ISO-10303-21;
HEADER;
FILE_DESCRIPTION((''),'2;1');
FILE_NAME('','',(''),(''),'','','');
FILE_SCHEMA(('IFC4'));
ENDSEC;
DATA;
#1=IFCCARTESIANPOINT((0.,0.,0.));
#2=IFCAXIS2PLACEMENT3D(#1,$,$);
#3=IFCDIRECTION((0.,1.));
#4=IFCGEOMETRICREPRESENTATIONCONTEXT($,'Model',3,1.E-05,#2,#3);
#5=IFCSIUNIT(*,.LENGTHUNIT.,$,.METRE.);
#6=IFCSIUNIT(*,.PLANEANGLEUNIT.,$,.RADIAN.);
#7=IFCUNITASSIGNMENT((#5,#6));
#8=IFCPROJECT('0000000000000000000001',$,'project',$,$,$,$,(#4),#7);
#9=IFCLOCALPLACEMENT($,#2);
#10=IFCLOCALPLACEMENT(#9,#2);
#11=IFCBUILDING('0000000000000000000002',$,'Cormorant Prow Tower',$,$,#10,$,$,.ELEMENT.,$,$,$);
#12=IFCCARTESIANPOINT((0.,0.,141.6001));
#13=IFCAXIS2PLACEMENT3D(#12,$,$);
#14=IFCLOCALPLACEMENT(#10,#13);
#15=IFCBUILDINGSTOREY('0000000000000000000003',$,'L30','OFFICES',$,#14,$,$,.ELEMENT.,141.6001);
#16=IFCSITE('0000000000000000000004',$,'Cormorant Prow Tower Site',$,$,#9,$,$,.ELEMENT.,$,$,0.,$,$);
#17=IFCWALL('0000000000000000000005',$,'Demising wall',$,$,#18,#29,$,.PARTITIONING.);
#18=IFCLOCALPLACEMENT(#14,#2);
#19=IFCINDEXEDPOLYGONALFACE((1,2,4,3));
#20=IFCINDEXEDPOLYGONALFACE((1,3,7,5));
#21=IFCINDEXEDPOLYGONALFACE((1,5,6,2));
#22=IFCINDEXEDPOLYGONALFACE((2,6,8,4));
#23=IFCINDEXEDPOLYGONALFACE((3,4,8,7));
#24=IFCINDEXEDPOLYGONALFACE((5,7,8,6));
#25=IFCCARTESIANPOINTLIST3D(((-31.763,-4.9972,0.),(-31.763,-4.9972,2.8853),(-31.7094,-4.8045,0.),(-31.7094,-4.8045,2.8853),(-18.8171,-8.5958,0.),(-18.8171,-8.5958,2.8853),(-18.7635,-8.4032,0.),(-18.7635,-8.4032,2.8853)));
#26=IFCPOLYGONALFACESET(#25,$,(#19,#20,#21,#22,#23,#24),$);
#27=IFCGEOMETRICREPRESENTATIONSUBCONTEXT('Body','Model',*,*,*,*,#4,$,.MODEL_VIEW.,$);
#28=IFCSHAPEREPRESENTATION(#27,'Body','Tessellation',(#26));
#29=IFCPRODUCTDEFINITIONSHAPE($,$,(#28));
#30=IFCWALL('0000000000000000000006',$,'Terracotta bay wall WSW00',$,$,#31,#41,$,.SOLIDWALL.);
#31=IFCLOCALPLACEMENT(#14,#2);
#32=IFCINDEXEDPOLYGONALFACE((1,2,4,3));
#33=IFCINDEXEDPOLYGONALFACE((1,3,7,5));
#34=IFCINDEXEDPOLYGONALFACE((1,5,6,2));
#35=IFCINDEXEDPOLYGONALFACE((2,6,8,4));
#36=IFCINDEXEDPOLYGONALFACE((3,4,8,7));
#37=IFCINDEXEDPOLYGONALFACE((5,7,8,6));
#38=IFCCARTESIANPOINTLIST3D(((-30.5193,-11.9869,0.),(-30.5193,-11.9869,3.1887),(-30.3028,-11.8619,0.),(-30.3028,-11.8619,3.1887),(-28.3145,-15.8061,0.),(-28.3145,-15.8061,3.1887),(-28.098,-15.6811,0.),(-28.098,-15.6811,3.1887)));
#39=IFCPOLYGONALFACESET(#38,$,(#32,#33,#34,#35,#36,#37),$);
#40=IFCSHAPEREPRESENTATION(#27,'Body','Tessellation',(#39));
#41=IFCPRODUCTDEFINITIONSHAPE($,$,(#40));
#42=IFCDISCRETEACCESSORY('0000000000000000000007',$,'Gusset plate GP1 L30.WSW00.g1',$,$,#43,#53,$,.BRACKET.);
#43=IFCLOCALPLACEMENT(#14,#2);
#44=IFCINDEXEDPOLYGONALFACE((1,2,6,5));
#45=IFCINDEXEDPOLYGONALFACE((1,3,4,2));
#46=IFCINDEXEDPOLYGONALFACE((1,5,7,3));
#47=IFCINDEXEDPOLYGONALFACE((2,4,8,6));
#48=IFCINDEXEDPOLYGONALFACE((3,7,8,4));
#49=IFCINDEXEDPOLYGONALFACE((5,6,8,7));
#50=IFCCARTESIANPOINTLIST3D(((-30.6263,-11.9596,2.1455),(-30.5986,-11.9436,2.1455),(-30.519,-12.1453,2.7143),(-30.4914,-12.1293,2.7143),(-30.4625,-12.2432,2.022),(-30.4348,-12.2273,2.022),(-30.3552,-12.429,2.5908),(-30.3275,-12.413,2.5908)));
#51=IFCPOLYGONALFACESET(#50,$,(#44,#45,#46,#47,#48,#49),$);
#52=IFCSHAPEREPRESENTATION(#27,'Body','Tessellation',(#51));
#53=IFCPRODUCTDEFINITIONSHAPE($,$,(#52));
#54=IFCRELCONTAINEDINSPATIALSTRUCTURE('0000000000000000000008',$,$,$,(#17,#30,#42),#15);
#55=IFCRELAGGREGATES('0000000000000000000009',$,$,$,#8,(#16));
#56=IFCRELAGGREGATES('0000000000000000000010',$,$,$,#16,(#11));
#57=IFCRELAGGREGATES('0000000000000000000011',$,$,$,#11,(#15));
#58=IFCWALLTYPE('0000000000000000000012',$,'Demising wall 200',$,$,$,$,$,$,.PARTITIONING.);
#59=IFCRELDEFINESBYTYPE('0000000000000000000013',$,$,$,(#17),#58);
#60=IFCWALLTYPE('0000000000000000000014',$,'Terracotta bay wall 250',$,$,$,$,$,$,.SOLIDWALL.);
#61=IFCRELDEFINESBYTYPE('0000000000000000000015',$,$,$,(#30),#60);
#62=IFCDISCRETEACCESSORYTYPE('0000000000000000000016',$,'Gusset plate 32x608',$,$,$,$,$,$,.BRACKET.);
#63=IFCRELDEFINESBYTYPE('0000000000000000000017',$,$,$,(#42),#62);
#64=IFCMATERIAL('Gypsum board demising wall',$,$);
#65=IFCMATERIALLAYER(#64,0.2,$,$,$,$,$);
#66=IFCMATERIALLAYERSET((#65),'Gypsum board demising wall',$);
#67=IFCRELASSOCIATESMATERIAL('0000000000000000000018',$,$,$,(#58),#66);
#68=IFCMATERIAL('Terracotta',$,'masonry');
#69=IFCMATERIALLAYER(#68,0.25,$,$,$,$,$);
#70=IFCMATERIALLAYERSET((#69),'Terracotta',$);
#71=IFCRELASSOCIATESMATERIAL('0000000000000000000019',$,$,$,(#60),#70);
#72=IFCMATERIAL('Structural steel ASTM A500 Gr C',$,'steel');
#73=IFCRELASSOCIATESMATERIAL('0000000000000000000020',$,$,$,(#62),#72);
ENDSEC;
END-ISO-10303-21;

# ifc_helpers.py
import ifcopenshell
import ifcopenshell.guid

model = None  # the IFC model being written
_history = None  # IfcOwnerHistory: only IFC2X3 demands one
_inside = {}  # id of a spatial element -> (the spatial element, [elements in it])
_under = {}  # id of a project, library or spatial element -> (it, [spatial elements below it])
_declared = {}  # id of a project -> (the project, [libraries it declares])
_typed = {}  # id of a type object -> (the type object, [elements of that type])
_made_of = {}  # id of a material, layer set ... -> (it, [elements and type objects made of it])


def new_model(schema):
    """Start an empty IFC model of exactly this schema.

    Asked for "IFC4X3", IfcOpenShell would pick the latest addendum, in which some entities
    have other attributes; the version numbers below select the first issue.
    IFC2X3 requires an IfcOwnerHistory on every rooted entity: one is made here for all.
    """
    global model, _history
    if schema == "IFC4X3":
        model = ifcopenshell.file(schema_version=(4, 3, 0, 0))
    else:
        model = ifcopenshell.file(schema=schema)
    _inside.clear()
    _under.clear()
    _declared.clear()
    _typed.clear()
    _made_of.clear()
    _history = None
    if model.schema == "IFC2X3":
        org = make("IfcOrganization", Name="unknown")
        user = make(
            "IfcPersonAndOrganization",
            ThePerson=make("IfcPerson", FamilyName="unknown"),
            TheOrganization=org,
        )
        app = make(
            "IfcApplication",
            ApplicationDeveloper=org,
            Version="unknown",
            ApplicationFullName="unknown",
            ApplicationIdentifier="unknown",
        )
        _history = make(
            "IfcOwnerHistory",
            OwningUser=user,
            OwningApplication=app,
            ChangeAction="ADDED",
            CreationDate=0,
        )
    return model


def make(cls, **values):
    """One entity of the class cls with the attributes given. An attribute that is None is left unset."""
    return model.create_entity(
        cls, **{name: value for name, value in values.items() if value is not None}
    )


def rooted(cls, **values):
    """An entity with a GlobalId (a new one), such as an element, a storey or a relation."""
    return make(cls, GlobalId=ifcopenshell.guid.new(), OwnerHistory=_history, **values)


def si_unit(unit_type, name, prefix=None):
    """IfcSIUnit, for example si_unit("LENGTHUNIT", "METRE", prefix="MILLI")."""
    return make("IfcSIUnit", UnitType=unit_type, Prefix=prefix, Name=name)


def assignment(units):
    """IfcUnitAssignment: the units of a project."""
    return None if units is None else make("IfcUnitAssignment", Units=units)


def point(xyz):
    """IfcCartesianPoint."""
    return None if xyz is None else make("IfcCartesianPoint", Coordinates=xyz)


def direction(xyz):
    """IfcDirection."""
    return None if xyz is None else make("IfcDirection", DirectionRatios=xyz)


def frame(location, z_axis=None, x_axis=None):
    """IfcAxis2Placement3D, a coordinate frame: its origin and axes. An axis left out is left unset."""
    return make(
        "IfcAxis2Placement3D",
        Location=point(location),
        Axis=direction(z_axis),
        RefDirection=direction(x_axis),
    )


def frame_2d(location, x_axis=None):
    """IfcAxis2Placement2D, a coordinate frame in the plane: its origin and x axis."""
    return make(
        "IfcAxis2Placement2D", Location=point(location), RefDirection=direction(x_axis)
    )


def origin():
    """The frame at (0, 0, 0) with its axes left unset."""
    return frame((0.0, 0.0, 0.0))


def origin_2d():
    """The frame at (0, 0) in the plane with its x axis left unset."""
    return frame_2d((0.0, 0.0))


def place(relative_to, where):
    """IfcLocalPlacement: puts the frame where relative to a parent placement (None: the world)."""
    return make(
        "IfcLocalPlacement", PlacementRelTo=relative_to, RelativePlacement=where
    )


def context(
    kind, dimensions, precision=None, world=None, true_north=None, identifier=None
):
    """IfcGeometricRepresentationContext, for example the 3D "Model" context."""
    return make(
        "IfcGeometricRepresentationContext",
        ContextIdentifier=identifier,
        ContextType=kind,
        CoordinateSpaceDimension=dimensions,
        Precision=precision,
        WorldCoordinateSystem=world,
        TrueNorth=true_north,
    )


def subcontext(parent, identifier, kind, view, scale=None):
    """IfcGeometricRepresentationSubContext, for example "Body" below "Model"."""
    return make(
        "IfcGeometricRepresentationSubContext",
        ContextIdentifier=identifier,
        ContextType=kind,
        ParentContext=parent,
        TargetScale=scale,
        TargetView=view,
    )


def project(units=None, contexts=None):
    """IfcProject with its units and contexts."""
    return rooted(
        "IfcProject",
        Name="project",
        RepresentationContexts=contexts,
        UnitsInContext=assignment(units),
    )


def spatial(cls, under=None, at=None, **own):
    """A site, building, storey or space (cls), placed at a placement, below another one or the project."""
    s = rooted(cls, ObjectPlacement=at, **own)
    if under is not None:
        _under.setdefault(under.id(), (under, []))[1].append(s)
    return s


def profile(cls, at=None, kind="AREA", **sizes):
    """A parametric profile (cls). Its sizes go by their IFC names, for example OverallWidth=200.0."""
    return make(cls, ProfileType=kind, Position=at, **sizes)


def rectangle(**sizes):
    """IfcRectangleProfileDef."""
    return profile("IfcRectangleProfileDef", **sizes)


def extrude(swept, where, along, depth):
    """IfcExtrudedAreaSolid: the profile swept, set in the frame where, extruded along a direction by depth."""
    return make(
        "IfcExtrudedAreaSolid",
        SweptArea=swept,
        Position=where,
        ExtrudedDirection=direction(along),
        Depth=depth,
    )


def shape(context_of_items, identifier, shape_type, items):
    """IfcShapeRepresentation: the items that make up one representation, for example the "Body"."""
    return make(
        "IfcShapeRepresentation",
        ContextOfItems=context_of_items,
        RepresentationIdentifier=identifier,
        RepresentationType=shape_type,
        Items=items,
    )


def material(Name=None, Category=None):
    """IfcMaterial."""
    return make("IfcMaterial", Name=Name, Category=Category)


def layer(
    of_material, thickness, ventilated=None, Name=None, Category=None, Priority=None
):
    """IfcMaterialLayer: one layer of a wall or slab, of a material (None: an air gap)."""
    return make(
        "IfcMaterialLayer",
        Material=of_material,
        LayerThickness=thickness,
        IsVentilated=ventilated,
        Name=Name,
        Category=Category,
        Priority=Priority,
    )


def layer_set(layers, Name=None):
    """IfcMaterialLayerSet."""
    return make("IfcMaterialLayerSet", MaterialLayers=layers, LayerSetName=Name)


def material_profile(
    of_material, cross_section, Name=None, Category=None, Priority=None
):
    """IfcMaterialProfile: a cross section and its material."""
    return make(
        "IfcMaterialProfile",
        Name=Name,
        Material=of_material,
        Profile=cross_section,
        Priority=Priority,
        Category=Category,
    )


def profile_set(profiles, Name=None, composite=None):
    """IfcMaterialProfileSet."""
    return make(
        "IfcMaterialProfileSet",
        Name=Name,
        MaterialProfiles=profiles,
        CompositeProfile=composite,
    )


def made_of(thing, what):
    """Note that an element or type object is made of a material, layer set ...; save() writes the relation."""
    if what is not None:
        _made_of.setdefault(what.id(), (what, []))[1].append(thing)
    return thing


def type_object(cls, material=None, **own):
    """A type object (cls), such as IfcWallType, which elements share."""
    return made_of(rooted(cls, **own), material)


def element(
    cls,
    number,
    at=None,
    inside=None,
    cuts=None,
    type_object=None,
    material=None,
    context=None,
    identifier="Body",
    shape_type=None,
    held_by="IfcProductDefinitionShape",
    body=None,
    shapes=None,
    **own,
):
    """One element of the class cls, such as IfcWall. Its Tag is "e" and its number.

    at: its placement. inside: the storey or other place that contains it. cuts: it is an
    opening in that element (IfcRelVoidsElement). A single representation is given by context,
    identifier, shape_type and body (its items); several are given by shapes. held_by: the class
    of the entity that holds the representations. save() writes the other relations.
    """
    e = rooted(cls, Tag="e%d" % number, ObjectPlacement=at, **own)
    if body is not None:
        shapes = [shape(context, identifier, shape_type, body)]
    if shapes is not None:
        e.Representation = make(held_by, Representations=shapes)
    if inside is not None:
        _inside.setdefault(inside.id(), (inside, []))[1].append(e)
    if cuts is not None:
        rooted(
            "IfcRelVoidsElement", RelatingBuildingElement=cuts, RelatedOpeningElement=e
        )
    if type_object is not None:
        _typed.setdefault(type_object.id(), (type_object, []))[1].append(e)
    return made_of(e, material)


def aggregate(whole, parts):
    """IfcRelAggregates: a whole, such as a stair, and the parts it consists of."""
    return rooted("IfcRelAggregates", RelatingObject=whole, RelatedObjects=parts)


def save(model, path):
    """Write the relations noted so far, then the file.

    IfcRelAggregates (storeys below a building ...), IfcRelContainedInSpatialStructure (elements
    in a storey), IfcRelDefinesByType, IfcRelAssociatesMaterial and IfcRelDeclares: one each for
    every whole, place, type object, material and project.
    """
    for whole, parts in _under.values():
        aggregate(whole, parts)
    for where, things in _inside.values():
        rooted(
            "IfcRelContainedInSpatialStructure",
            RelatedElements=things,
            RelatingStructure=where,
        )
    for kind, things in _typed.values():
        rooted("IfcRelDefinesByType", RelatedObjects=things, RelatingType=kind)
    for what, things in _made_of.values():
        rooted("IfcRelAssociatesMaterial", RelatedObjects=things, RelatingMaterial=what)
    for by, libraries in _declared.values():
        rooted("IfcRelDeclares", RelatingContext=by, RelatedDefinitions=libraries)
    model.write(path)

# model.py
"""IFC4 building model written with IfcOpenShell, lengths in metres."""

from ifc_helpers import new_model, si_unit, direction, frame, frame_2d, origin, origin_2d, place, context, subcontext, project, spatial, rectangle, extrude, material, layer, layer_set, material_profile, profile_set, type_object, element, save


model = new_model("IFC4")

# Units and contexts
model_context = context("Model", 3, precision=1e-05, world=origin(), true_north=direction((0.0, 1.0)))
body_context = subcontext(model_context, "Body", "Model", "MODEL_VIEW")
ifc_project = project(units=[si_unit("LENGTHUNIT", "METRE"), si_unit("PLANEANGLEUNIT", "RADIAN")], contexts=[model_context])

# Site, building, storey
site_placement = place(None, origin())
site = spatial("IfcSite", under=ifc_project, at=site_placement, Name="Cormorant Prow Tower Site", CompositionType="ELEMENT", RefElevation=0.0)
building_placement = place(site_placement, origin())
building = spatial("IfcBuilding", under=site, at=building_placement, Name="Cormorant Prow Tower", CompositionType="ELEMENT")
storey_placement = place(building_placement, frame((0.0, 0.0, 141.6001)))
storey = spatial("IfcBuildingStorey", under=building, at=storey_placement, Name="L30", Description="OFFICES", CompositionType="ELEMENT", Elevation=141.6001)

# Shared definitions
ifc_material_1 = material(Name="Gypsum board demising wall")
ifc_layer_1 = layer(ifc_material_1, 0.2)
ifc_layer_set_1 = layer_set([ifc_layer_1], Name="Gypsum board demising wall")
wall_type_1 = type_object("IfcWallType", Name="Demising wall 200", PredefinedType="PARTITIONING", material=ifc_layer_set_1)

# Walls
wall_1_placement = place(storey_placement, frame((-31.7361, -4.9009, 0.0), z_axis=(0.0, 0.0, 1.0), x_axis=(0.963468, -0.267822, 0.0)))
element("IfcWall", 1, at=wall_1_placement, inside=storey, type_object=wall_type_1, Name="Demising wall", PredefinedType="PARTITIONING", context=body_context, shape_type="SweptSolid", body=[
    extrude(rectangle(XDim=13.4368, YDim=0.2, at=frame_2d((6.7183, 0.0))), origin(), (0.0, 0.0, 1.0), 2.8853),
])
ifc_material_2 = material(Name="Terracotta", Category="masonry")
ifc_layer_2 = layer(ifc_material_2, 0.25)
ifc_layer_set_2 = layer_set([ifc_layer_2], Name="Terracotta")
wall_type_2 = type_object("IfcWallType", Name="Terracotta bay wall 250", PredefinedType="SOLIDWALL", material=ifc_layer_set_2)
wall_2_placement = place(storey_placement, frame((-30.4111, -11.9243, 0.0), z_axis=(0.0, 0.0, 1.0), x_axis=(0.49998, -0.866037, 0.0)))
element("IfcWall", 2, at=wall_2_placement, inside=storey, type_object=wall_type_2, Name="Terracotta bay wall WSW00", PredefinedType="SOLIDWALL", context=body_context, shape_type="SweptSolid", body=[
    extrude(rectangle(XDim=4.4099, YDim=0.25, at=frame_2d((2.2051, 0.0))), origin(), (0.0, 0.0, 1.0), 3.1887),
])

# Discrete accessory
ifc_material_3 = material(Name="Structural steel ASTM A500 Gr C", Category="steel")
ifc_material_profile_1 = material_profile(ifc_material_3, rectangle(XDim=0.032, YDim=0.6079, at=origin_2d()), Name="Gusset plate 32x608")
ifc_profile_set_1 = profile_set([ifc_material_profile_1], Name="Structural steel ASTM A500 Gr C")
discrete_accessory_type = type_object("IfcDiscreteAccessoryType", Name="Gusset plate 32x608", PredefinedType="BRACKET", material=ifc_profile_set_1)
discrete_accessory_placement = place(storey_placement, frame((-30.395, -12.3281, 2.3064), z_axis=(-0.467903, 0.810288, 0.352845), x_axis=(-0.865987, -0.500067, 0.0)))
element("IfcDiscreteAccessory", 3, at=discrete_accessory_placement, inside=storey, type_object=discrete_accessory_type, Name="Gusset plate GP1 L30.WSW00.g1", PredefinedType="BRACKET", context=body_context, shape_type="SweptSolid", body=[
    extrude(rectangle(XDim=0.032, YDim=0.6079, at=origin_2d()), origin(), (0.0, 0.0, 1.0), 0.3501),
])

save(model, "model.ifc")
